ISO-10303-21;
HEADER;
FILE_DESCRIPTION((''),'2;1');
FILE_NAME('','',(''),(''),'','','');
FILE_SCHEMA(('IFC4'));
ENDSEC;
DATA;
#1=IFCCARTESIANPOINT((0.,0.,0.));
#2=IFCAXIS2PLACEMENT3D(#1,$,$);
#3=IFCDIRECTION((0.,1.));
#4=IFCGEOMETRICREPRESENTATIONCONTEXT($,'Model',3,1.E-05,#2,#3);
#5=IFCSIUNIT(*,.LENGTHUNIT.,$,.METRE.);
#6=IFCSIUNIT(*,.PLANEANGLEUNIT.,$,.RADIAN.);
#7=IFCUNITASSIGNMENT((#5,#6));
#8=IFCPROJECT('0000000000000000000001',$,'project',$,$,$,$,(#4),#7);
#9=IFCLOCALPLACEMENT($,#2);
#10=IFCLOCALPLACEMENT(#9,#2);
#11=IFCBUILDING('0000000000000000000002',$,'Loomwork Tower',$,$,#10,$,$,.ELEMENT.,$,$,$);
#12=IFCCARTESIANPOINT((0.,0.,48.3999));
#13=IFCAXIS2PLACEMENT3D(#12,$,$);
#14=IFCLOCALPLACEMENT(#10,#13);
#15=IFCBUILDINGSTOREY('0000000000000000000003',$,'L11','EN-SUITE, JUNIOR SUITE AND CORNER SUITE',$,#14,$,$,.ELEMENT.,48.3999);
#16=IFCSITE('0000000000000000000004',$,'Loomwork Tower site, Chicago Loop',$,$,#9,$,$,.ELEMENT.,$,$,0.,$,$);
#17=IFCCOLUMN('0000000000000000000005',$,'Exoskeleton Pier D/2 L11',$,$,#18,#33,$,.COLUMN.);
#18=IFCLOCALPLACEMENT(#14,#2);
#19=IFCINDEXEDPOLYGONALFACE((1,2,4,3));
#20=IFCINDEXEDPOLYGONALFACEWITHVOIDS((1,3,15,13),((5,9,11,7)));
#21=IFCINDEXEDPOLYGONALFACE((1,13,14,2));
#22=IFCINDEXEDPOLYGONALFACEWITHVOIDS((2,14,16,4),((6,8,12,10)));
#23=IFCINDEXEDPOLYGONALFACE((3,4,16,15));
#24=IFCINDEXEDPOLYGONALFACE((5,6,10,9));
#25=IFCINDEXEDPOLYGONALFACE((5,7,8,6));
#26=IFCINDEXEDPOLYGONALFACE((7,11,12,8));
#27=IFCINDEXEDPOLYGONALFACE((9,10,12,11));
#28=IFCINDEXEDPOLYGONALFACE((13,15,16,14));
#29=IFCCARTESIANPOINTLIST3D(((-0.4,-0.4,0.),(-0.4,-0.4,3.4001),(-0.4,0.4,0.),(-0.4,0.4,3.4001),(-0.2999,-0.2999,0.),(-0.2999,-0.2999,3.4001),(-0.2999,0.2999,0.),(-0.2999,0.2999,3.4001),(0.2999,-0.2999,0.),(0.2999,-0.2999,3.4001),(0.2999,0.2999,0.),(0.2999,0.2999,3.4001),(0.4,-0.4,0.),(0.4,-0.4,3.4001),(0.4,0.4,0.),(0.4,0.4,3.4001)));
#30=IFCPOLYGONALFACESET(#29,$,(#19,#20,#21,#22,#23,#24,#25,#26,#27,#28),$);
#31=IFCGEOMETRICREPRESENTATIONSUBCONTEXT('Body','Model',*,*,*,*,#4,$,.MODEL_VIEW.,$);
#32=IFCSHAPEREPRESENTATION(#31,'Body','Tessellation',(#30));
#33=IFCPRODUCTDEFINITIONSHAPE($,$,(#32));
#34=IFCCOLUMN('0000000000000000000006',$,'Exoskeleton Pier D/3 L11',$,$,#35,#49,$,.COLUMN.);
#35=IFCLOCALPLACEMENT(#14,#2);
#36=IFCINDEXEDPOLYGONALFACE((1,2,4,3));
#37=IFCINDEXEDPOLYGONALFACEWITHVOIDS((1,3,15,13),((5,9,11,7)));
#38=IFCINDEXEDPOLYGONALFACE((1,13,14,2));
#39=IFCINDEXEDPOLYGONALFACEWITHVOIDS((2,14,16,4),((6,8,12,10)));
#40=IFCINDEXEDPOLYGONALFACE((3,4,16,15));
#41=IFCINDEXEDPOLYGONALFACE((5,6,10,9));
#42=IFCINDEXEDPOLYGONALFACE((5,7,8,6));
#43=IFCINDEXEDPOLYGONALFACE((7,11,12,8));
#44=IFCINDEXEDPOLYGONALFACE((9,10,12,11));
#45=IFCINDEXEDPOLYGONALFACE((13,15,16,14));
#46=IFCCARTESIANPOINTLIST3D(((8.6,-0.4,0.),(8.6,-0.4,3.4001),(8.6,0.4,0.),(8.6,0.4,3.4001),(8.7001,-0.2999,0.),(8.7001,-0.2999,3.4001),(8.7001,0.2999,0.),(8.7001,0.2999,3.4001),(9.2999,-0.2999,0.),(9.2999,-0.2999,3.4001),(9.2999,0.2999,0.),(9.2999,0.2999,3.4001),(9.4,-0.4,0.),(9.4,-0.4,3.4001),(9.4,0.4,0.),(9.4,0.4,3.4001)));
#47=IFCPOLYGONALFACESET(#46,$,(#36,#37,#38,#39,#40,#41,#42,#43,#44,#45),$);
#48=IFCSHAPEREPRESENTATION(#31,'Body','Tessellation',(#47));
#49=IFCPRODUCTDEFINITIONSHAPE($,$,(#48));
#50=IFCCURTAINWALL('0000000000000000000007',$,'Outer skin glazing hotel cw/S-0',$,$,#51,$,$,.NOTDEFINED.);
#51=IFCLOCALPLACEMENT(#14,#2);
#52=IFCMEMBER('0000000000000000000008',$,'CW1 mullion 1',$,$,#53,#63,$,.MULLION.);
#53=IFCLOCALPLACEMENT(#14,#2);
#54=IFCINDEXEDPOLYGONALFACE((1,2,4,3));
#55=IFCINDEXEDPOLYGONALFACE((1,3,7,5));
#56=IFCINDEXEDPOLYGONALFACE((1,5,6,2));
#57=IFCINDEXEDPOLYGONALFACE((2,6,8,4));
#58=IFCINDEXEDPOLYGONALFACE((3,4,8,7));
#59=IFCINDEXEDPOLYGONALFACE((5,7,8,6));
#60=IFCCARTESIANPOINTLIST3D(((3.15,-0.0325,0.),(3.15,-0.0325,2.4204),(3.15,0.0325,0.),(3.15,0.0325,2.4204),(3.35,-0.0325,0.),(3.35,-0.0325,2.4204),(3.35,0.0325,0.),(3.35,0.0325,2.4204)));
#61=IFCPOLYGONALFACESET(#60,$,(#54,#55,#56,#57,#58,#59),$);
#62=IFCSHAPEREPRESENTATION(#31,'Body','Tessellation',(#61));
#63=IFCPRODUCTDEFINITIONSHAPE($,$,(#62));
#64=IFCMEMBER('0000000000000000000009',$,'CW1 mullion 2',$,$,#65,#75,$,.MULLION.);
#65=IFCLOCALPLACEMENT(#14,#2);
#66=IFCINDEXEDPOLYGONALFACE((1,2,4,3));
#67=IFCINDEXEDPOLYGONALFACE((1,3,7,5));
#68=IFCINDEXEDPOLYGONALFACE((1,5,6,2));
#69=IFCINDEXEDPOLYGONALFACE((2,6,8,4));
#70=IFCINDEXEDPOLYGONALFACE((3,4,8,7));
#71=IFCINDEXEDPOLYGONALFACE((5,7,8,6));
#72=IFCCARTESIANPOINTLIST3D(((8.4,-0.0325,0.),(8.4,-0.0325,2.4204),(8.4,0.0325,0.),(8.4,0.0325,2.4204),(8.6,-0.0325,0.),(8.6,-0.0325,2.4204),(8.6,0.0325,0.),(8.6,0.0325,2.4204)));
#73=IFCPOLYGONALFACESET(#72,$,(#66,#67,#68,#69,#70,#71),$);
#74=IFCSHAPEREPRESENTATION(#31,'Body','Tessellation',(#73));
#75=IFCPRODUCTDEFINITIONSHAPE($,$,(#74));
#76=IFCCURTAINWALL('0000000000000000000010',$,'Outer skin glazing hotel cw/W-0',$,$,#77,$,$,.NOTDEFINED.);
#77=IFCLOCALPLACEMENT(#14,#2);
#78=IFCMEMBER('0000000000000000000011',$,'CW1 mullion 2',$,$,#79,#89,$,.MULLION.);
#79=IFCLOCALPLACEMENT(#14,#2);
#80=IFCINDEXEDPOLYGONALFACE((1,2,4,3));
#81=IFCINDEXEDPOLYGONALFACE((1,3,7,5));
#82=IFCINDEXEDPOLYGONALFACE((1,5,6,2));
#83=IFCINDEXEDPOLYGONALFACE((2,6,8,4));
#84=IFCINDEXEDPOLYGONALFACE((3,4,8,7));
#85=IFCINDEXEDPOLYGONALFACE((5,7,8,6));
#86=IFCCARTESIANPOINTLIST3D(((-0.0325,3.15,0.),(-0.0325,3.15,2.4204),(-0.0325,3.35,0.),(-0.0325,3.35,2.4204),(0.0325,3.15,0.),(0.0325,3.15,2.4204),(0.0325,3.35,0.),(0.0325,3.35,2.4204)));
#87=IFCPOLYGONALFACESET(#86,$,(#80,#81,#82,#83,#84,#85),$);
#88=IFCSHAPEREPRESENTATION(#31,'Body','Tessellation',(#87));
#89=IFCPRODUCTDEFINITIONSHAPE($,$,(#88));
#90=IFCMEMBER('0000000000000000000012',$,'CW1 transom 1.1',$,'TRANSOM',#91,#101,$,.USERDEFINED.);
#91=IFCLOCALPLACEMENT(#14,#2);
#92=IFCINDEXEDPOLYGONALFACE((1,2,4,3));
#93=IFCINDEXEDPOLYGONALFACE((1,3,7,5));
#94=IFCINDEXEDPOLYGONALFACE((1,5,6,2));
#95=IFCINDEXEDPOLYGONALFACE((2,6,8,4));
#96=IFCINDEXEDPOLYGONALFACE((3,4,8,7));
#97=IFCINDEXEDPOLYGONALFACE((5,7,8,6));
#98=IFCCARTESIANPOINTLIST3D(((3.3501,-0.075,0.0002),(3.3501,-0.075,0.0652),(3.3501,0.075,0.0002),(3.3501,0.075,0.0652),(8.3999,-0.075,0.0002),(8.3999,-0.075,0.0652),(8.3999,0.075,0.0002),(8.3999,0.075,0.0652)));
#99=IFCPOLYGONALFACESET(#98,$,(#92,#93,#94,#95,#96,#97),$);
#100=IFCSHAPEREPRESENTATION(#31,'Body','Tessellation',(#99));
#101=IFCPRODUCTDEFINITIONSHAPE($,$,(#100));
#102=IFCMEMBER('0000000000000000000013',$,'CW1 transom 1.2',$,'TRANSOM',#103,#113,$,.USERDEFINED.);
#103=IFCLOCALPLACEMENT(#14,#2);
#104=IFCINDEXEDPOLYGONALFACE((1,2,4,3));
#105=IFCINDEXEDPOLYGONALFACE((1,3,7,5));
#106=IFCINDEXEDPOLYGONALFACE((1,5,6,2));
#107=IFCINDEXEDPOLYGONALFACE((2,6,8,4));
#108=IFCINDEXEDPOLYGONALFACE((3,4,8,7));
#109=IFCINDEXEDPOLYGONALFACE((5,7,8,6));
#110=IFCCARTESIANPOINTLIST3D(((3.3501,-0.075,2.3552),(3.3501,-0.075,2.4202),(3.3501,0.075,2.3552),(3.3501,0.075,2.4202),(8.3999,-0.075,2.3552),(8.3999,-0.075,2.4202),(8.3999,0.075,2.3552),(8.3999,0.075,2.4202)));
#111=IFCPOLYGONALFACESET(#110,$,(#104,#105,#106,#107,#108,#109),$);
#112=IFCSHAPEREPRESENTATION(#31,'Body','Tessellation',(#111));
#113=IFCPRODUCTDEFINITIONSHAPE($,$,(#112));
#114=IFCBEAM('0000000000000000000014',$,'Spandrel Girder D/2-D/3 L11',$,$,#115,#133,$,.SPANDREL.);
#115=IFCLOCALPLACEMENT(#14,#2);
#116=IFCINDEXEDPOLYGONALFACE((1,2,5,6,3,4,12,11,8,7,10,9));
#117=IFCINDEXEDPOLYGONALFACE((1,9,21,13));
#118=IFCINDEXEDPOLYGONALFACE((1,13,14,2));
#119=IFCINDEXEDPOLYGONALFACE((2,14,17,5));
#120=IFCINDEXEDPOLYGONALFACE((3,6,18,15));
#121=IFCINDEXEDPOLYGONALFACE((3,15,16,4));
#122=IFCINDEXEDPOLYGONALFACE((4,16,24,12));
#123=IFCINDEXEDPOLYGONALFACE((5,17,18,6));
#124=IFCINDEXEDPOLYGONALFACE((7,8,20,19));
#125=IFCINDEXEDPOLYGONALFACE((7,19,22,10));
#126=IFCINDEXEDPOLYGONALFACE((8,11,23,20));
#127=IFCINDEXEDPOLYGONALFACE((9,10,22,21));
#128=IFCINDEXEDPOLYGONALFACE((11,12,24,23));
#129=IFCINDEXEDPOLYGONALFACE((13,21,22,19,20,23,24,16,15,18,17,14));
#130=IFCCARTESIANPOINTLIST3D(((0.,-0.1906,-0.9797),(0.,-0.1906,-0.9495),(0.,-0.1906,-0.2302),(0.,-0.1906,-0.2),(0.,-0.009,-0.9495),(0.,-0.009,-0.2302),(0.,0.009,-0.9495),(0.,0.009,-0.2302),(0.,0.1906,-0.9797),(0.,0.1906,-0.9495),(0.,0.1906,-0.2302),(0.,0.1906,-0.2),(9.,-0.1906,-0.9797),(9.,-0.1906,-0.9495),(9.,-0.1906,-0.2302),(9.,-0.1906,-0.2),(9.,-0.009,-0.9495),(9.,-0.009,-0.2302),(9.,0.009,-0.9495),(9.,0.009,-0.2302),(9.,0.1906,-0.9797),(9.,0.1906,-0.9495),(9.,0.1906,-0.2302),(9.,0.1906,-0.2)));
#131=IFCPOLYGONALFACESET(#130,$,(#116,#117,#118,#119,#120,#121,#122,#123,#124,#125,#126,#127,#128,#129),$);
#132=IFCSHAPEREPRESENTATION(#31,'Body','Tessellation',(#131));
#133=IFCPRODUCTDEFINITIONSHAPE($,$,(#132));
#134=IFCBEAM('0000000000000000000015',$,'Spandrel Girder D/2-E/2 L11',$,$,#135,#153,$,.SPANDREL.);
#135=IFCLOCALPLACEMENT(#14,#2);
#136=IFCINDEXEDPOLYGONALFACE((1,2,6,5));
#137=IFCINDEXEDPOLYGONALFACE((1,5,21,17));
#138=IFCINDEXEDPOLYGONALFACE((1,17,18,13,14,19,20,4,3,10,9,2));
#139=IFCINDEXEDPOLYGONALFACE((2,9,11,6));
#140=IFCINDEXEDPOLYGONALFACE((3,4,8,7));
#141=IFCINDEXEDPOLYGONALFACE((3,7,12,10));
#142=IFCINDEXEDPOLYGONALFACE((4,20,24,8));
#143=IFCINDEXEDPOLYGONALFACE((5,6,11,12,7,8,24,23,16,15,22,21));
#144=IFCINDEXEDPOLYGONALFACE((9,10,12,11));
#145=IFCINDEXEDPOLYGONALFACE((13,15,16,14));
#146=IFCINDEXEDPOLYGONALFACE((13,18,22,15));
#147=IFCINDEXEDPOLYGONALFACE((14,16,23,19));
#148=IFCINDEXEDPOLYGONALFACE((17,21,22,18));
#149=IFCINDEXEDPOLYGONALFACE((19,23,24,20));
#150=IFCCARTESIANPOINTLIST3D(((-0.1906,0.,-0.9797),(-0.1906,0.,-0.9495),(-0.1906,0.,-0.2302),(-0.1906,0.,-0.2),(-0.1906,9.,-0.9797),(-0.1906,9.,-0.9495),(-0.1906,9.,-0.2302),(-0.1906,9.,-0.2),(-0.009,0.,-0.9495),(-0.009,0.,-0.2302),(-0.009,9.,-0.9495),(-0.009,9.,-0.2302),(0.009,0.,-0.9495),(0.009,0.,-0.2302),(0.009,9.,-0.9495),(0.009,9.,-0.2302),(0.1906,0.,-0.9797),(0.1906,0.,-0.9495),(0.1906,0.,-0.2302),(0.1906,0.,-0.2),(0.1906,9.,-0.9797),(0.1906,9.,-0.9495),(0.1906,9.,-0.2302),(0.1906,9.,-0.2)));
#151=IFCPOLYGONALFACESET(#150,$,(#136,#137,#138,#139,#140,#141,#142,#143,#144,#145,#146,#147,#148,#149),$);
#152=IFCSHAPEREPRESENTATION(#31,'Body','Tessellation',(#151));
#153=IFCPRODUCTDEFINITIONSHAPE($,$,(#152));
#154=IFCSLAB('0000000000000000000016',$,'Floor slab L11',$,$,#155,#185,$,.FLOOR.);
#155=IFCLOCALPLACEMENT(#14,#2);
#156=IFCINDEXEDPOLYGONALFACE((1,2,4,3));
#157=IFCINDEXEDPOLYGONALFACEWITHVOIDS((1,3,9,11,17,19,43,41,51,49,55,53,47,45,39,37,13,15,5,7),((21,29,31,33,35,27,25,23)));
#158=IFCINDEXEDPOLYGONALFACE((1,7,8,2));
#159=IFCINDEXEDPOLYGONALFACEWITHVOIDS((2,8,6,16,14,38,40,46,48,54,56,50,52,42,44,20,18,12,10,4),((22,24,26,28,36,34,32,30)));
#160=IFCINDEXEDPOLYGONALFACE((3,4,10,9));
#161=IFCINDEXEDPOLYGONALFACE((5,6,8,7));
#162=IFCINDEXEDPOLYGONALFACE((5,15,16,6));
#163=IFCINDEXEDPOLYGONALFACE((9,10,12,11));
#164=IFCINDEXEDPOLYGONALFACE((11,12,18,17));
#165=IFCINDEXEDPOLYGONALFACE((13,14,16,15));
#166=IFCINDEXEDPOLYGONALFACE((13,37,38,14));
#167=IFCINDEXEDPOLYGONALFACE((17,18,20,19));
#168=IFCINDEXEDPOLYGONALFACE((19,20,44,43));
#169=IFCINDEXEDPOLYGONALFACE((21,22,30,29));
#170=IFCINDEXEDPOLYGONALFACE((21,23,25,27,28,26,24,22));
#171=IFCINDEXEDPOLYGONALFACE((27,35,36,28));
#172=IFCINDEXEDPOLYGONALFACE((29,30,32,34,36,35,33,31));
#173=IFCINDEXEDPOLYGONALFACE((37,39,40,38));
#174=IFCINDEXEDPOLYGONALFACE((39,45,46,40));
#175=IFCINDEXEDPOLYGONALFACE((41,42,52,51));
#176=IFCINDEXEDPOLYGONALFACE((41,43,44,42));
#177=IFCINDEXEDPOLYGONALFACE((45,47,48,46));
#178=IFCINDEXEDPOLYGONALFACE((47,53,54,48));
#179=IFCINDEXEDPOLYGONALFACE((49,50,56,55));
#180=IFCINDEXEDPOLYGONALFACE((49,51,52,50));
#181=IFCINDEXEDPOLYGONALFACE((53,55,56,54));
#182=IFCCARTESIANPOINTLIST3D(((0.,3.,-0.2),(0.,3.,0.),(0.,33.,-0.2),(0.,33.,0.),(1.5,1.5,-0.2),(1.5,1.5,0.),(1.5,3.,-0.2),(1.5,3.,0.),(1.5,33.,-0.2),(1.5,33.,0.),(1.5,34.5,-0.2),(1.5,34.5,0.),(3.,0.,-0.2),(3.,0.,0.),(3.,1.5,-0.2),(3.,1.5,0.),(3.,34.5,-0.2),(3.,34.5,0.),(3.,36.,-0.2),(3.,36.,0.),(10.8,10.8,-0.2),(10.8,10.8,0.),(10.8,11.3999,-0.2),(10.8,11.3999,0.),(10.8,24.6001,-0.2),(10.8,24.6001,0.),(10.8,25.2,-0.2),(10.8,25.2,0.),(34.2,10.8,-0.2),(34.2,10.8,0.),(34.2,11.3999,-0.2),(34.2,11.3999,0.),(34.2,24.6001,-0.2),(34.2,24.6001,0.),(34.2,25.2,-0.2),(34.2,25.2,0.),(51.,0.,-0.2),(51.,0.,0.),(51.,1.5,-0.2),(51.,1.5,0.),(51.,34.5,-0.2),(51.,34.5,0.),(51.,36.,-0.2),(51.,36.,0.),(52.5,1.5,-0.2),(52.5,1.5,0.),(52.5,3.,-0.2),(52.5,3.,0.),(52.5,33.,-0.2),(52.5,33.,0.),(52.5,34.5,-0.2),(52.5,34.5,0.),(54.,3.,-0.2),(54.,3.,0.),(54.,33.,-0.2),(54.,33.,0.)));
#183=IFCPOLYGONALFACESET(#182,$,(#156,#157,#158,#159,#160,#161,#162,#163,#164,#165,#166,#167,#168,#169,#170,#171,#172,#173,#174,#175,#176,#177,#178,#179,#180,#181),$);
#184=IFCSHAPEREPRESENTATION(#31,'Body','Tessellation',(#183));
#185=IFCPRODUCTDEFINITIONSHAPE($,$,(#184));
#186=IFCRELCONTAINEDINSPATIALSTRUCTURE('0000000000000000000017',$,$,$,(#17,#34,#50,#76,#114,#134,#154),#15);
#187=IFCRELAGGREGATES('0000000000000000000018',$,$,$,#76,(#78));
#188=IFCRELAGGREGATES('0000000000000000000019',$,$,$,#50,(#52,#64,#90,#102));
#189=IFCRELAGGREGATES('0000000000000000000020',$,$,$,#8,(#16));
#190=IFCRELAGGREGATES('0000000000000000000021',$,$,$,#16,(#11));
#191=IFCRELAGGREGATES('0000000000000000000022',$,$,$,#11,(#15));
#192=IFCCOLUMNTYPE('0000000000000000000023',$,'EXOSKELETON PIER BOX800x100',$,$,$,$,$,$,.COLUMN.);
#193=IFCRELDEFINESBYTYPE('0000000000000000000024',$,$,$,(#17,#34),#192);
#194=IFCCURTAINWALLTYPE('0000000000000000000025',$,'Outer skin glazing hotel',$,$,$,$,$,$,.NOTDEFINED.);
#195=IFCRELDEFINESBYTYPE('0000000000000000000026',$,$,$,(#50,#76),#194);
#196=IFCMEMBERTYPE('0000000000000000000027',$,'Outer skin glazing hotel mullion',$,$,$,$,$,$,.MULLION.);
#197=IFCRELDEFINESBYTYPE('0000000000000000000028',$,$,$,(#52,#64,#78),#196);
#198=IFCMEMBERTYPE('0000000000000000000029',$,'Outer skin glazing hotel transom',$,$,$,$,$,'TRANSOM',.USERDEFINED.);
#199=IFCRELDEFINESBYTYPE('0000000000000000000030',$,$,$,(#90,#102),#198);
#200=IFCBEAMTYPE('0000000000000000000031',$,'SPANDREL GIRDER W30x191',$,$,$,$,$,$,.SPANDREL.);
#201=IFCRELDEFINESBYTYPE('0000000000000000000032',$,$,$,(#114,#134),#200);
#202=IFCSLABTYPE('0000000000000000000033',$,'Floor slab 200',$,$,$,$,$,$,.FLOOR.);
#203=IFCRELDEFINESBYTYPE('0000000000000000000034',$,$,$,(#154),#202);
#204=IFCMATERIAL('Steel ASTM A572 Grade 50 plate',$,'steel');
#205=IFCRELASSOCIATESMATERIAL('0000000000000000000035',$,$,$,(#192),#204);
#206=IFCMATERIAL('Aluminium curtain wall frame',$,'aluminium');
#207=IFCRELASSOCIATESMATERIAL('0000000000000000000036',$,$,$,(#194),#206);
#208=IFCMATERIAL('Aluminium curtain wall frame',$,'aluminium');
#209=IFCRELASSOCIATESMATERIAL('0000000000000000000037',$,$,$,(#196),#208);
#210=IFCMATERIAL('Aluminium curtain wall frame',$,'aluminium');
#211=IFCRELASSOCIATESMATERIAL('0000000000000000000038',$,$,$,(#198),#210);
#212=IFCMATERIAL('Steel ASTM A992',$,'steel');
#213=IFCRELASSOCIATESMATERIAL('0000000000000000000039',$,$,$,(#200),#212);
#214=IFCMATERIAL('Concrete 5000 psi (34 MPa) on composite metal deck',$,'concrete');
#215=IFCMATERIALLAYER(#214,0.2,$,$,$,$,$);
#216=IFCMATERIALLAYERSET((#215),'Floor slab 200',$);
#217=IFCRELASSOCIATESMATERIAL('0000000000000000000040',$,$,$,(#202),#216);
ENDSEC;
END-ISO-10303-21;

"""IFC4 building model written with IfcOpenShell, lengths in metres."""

from ifc_helpers import new_model, si_unit, direction, frame, origin, origin_2d, place, context, subcontext, project, spatial, polyline, rectangle, hollow_rectangle, i_section, outline, extrude, material, layer, layer_set, material_profile, profile_set, type_object, element, aggregate, save


model = new_model("IFC4")

# Units and contexts
model_context = context("Model", 3, precision=1e-05, world=origin(), true_north=direction((0.0, 1.0)))
body_context = subcontext(model_context, "Body", "Model", "MODEL_VIEW")
ifc_project = project(units=[si_unit("LENGTHUNIT", "METRE"), si_unit("PLANEANGLEUNIT", "RADIAN")], contexts=[model_context])

# Site, building, storey
site_placement = place(None, origin())
site = spatial("IfcSite", under=ifc_project, at=site_placement, Name="Loomwork Tower site, Chicago Loop", CompositionType="ELEMENT", RefElevation=0.0)
building_placement = place(site_placement, origin())
building = spatial("IfcBuilding", under=site, at=building_placement, Name="Loomwork Tower", CompositionType="ELEMENT")
storey_placement = place(building_placement, frame((0.0, 0.0, 48.3999)))
storey = spatial("IfcBuildingStorey", under=building, at=storey_placement, Name="L11", Description="EN-SUITE, JUNIOR SUITE AND CORNER SUITE", CompositionType="ELEMENT", Elevation=48.3999)

# Columns
ifc_material_1 = material(Name="Steel ASTM A572 Grade 50 plate", Category="steel")
ifc_material_profile_1 = material_profile(ifc_material_1, hollow_rectangle(XDim=0.8, YDim=0.8, WallThickness=0.1001, at=origin_2d()), Name="BOX800x100")
ifc_profile_set_1 = profile_set([ifc_material_profile_1], Name="Steel ASTM A572 Grade 50 plate")
column_type = type_object("IfcColumnType", Name="EXOSKELETON PIER BOX800x100", PredefinedType="COLUMN", material=ifc_profile_set_1)
for number, where, z_axis, x_axis, name in (
    (1, (0.0, 0.0, 0.0), (0.0, 0.0, 1.0), (1.0, 0.0, 0.0), "Exoskeleton Pier D/2 L11"),
    (2, (9.0, 0.0, 0.0), (0.0, 0.0, 1.0), (1.0, 0.0, 0.0), "Exoskeleton Pier D/3 L11"),
):
    element("IfcColumn", number, at=place(storey_placement, frame(where, z_axis=z_axis, x_axis=x_axis)), inside=storey, type_object=column_type, Name=name, PredefinedType="COLUMN", context=body_context, shape_type="SweptSolid", body=[
        extrude(hollow_rectangle(XDim=0.8, YDim=0.8, WallThickness=0.1001, at=origin_2d()), origin(), (0.0, 0.0, 1.0), 3.4001),
    ])

# Curtain wall, members
ifc_material_2 = material(Name="Aluminium curtain wall frame", Category="aluminium")
curtain_wall_type = type_object("IfcCurtainWallType", Name="Outer skin glazing hotel", PredefinedType="NOTDEFINED", material=ifc_material_2)
curtain_wall_1_placement = place(storey_placement, origin())
curtain_wall_1 = element("IfcCurtainWall", 3, at=curtain_wall_1_placement, inside=storey, type_object=curtain_wall_type, Name="Outer skin glazing hotel cw/S-0", PredefinedType="NOTDEFINED")
ifc_material_3 = material(Name="Aluminium curtain wall frame", Category="aluminium")
ifc_material_profile_2 = material_profile(ifc_material_3, rectangle(XDim=0.0649, YDim=0.2, at=origin_2d()), Name="AL 65x200")
ifc_profile_set_2 = profile_set([ifc_material_profile_2], Name="Aluminium curtain wall frame")
member_type_1 = type_object("IfcMemberType", Name="Outer skin glazing hotel mullion", PredefinedType="MULLION", material=ifc_profile_set_2)
member_1_placement = place(storey_placement, frame((3.25, 0.0, 0.0), z_axis=(0.0, 0.0, 1.0), x_axis=(0.0, 1.0, 0.0)))
member_1 = element("IfcMember", 4, at=member_1_placement, type_object=member_type_1, Name="CW1 mullion 1", PredefinedType="MULLION", context=body_context, shape_type="SweptSolid", body=[
    extrude(rectangle(XDim=0.0649, YDim=0.2, at=origin_2d()), origin(), (0.0, 0.0, 1.0), 2.4204),
])
member_2_placement = place(storey_placement, frame((8.5, 0.0, 0.0), z_axis=(0.0, 0.0, 1.0), x_axis=(0.0, 1.0, 0.0)))
member_2 = element("IfcMember", 5, at=member_2_placement, type_object=member_type_1, Name="CW1 mullion 2", PredefinedType="MULLION", context=body_context, shape_type="SweptSolid", body=[
    extrude(rectangle(XDim=0.0649, YDim=0.2, at=origin_2d()), origin(), (0.0, 0.0, 1.0), 2.4204),
])

# Curtain wall, member
curtain_wall_2_placement = place(storey_placement, origin())
curtain_wall_2 = element("IfcCurtainWall", 6, at=curtain_wall_2_placement, inside=storey, type_object=curtain_wall_type, Name="Outer skin glazing hotel cw/W-0", PredefinedType="NOTDEFINED")
member_3_placement = place(storey_placement, frame((0.0, 3.25, 0.0), z_axis=(0.0, 0.0, 1.0), x_axis=(1.0, 0.0, 0.0)))
member_3 = element("IfcMember", 7, at=member_3_placement, type_object=member_type_1, Name="CW1 mullion 2", PredefinedType="MULLION", context=body_context, shape_type="SweptSolid", body=[
    extrude(rectangle(XDim=0.0649, YDim=0.2, at=origin_2d()), origin(), (0.0, 0.0, 1.0), 2.4204),
])
aggregate(curtain_wall_2, [member_3])

# Members
ifc_material_4 = material(Name="Aluminium curtain wall frame", Category="aluminium")
ifc_material_profile_3 = material_profile(ifc_material_4, rectangle(XDim=0.1499, YDim=0.0649, at=origin_2d()), Name="AL 65x150")
ifc_profile_set_3 = profile_set([ifc_material_profile_3], Name="Aluminium curtain wall frame")
member_type_2 = type_object("IfcMemberType", Name="Outer skin glazing hotel transom", ElementType="TRANSOM", PredefinedType="USERDEFINED", material=ifc_profile_set_3)
member_4_placement = place(storey_placement, frame((3.3501, 0.0, 0.0327), z_axis=(1.0, 0.0, 0.0), x_axis=(0.0, 1.0, 0.0)))
member_4 = element("IfcMember", 8, at=member_4_placement, type_object=member_type_2, Name="CW1 transom 1.1", ObjectType="TRANSOM", PredefinedType="USERDEFINED", context=body_context, shape_type="SweptSolid", body=[
    extrude(rectangle(XDim=0.1499, YDim=0.0649, at=origin_2d()), origin(), (0.0, 0.0, 1.0), 5.0498),
])
member_5_placement = place(storey_placement, frame((3.3501, 0.0, 2.3877), z_axis=(1.0, 0.0, 0.0), x_axis=(0.0, 1.0, 0.0)))
member_5 = element("IfcMember", 9, at=member_5_placement, type_object=member_type_2, Name="CW1 transom 1.2", ObjectType="TRANSOM", PredefinedType="USERDEFINED", context=body_context, shape_type="SweptSolid", body=[
    extrude(rectangle(XDim=0.1499, YDim=0.0649, at=origin_2d()), origin(), (0.0, 0.0, 1.0), 5.0498),
])

# Beams
ifc_material_5 = material(Name="Steel ASTM A992", Category="steel")
ifc_material_profile_4 = material_profile(ifc_material_5, i_section(OverallWidth=0.3811, OverallDepth=0.7798, WebThickness=0.0181, FlangeThickness=0.0303, at=origin_2d()), Name="W30x191")
ifc_profile_set_4 = profile_set([ifc_material_profile_4], Name="Steel ASTM A992")
beam_type = type_object("IfcBeamType", Name="SPANDREL GIRDER W30x191", PredefinedType="SPANDREL", material=ifc_profile_set_4)
for number, where, z_axis, x_axis, name in (
    (10, (0.0, 0.0, -0.5898), (1.0, 0.0, 0.0), (0.0, 1.0, 0.0), "Spandrel Girder D/2-D/3 L11"),
    (11, (0.0, 0.0, -0.5898), (0.0, 1.0, 0.0), (-1.0, 0.0, 0.0), "Spandrel Girder D/2-E/2 L11"),
):
    element("IfcBeam", number, at=place(storey_placement, frame(where, z_axis=z_axis, x_axis=x_axis)), inside=storey, type_object=beam_type, Name=name, PredefinedType="SPANDREL", context=body_context, shape_type="SweptSolid", body=[
        extrude(i_section(OverallWidth=0.3811, OverallDepth=0.7798, WebThickness=0.0181, FlangeThickness=0.0303, at=origin_2d()), origin(), (0.0, 0.0, 1.0), 9.0),
    ])

# Slab
ifc_material_6 = material(Name="Concrete 5000 psi (34 MPa) on composite metal deck", Category="concrete")
ifc_layer_1 = layer(ifc_material_6, 0.2)
ifc_layer_set_1 = layer_set([ifc_layer_1], Name="Floor slab 200")
slab_type_1 = type_object("IfcSlabType", Name="Floor slab 200", PredefinedType="FLOOR", material=ifc_layer_set_1)
slab_1_placement = place(storey_placement, frame((0.0, 0.0, -0.2)))
element("IfcSlab", 12, at=slab_1_placement, inside=storey, type_object=slab_type_1, Name="Floor slab L11", PredefinedType="FLOOR", context=body_context, shape_type="SweptSolid", body=[
    extrude(outline(polyline([(3.0, 1.5), (1.5, 1.5), (1.5, 3.0), (0.0, 3.0), (0.0, 33.0), (1.5, 33.0), (1.5, 34.5), (3.0, 34.5), (3.0, 36.0), (51.0, 36.0), (51.0, 34.5), (52.5, 34.5), (52.5, 33.0), (54.0, 33.0), (54.0, 3.0), (52.5, 3.0), (52.5, 1.5), (51.0, 1.5), (51.0, 0.0), (3.0, 0.0), (3.0, 1.5)]), holes=[polyline([(10.8, 11.3999), (10.8, 11.3999), (10.8, 10.8), (34.2, 10.8), (34.2, 11.3999), (34.2, 11.3999), (34.2, 24.6001), (34.2, 25.2), (10.8, 25.2), (10.8, 24.6001), (10.8, 11.3999)])]), origin(), (0.0, 0.0, 1.0), 0.2),
])

aggregate(curtain_wall_1, [member_1, member_2, member_4, member_5])

save(model, "model.ifc")
